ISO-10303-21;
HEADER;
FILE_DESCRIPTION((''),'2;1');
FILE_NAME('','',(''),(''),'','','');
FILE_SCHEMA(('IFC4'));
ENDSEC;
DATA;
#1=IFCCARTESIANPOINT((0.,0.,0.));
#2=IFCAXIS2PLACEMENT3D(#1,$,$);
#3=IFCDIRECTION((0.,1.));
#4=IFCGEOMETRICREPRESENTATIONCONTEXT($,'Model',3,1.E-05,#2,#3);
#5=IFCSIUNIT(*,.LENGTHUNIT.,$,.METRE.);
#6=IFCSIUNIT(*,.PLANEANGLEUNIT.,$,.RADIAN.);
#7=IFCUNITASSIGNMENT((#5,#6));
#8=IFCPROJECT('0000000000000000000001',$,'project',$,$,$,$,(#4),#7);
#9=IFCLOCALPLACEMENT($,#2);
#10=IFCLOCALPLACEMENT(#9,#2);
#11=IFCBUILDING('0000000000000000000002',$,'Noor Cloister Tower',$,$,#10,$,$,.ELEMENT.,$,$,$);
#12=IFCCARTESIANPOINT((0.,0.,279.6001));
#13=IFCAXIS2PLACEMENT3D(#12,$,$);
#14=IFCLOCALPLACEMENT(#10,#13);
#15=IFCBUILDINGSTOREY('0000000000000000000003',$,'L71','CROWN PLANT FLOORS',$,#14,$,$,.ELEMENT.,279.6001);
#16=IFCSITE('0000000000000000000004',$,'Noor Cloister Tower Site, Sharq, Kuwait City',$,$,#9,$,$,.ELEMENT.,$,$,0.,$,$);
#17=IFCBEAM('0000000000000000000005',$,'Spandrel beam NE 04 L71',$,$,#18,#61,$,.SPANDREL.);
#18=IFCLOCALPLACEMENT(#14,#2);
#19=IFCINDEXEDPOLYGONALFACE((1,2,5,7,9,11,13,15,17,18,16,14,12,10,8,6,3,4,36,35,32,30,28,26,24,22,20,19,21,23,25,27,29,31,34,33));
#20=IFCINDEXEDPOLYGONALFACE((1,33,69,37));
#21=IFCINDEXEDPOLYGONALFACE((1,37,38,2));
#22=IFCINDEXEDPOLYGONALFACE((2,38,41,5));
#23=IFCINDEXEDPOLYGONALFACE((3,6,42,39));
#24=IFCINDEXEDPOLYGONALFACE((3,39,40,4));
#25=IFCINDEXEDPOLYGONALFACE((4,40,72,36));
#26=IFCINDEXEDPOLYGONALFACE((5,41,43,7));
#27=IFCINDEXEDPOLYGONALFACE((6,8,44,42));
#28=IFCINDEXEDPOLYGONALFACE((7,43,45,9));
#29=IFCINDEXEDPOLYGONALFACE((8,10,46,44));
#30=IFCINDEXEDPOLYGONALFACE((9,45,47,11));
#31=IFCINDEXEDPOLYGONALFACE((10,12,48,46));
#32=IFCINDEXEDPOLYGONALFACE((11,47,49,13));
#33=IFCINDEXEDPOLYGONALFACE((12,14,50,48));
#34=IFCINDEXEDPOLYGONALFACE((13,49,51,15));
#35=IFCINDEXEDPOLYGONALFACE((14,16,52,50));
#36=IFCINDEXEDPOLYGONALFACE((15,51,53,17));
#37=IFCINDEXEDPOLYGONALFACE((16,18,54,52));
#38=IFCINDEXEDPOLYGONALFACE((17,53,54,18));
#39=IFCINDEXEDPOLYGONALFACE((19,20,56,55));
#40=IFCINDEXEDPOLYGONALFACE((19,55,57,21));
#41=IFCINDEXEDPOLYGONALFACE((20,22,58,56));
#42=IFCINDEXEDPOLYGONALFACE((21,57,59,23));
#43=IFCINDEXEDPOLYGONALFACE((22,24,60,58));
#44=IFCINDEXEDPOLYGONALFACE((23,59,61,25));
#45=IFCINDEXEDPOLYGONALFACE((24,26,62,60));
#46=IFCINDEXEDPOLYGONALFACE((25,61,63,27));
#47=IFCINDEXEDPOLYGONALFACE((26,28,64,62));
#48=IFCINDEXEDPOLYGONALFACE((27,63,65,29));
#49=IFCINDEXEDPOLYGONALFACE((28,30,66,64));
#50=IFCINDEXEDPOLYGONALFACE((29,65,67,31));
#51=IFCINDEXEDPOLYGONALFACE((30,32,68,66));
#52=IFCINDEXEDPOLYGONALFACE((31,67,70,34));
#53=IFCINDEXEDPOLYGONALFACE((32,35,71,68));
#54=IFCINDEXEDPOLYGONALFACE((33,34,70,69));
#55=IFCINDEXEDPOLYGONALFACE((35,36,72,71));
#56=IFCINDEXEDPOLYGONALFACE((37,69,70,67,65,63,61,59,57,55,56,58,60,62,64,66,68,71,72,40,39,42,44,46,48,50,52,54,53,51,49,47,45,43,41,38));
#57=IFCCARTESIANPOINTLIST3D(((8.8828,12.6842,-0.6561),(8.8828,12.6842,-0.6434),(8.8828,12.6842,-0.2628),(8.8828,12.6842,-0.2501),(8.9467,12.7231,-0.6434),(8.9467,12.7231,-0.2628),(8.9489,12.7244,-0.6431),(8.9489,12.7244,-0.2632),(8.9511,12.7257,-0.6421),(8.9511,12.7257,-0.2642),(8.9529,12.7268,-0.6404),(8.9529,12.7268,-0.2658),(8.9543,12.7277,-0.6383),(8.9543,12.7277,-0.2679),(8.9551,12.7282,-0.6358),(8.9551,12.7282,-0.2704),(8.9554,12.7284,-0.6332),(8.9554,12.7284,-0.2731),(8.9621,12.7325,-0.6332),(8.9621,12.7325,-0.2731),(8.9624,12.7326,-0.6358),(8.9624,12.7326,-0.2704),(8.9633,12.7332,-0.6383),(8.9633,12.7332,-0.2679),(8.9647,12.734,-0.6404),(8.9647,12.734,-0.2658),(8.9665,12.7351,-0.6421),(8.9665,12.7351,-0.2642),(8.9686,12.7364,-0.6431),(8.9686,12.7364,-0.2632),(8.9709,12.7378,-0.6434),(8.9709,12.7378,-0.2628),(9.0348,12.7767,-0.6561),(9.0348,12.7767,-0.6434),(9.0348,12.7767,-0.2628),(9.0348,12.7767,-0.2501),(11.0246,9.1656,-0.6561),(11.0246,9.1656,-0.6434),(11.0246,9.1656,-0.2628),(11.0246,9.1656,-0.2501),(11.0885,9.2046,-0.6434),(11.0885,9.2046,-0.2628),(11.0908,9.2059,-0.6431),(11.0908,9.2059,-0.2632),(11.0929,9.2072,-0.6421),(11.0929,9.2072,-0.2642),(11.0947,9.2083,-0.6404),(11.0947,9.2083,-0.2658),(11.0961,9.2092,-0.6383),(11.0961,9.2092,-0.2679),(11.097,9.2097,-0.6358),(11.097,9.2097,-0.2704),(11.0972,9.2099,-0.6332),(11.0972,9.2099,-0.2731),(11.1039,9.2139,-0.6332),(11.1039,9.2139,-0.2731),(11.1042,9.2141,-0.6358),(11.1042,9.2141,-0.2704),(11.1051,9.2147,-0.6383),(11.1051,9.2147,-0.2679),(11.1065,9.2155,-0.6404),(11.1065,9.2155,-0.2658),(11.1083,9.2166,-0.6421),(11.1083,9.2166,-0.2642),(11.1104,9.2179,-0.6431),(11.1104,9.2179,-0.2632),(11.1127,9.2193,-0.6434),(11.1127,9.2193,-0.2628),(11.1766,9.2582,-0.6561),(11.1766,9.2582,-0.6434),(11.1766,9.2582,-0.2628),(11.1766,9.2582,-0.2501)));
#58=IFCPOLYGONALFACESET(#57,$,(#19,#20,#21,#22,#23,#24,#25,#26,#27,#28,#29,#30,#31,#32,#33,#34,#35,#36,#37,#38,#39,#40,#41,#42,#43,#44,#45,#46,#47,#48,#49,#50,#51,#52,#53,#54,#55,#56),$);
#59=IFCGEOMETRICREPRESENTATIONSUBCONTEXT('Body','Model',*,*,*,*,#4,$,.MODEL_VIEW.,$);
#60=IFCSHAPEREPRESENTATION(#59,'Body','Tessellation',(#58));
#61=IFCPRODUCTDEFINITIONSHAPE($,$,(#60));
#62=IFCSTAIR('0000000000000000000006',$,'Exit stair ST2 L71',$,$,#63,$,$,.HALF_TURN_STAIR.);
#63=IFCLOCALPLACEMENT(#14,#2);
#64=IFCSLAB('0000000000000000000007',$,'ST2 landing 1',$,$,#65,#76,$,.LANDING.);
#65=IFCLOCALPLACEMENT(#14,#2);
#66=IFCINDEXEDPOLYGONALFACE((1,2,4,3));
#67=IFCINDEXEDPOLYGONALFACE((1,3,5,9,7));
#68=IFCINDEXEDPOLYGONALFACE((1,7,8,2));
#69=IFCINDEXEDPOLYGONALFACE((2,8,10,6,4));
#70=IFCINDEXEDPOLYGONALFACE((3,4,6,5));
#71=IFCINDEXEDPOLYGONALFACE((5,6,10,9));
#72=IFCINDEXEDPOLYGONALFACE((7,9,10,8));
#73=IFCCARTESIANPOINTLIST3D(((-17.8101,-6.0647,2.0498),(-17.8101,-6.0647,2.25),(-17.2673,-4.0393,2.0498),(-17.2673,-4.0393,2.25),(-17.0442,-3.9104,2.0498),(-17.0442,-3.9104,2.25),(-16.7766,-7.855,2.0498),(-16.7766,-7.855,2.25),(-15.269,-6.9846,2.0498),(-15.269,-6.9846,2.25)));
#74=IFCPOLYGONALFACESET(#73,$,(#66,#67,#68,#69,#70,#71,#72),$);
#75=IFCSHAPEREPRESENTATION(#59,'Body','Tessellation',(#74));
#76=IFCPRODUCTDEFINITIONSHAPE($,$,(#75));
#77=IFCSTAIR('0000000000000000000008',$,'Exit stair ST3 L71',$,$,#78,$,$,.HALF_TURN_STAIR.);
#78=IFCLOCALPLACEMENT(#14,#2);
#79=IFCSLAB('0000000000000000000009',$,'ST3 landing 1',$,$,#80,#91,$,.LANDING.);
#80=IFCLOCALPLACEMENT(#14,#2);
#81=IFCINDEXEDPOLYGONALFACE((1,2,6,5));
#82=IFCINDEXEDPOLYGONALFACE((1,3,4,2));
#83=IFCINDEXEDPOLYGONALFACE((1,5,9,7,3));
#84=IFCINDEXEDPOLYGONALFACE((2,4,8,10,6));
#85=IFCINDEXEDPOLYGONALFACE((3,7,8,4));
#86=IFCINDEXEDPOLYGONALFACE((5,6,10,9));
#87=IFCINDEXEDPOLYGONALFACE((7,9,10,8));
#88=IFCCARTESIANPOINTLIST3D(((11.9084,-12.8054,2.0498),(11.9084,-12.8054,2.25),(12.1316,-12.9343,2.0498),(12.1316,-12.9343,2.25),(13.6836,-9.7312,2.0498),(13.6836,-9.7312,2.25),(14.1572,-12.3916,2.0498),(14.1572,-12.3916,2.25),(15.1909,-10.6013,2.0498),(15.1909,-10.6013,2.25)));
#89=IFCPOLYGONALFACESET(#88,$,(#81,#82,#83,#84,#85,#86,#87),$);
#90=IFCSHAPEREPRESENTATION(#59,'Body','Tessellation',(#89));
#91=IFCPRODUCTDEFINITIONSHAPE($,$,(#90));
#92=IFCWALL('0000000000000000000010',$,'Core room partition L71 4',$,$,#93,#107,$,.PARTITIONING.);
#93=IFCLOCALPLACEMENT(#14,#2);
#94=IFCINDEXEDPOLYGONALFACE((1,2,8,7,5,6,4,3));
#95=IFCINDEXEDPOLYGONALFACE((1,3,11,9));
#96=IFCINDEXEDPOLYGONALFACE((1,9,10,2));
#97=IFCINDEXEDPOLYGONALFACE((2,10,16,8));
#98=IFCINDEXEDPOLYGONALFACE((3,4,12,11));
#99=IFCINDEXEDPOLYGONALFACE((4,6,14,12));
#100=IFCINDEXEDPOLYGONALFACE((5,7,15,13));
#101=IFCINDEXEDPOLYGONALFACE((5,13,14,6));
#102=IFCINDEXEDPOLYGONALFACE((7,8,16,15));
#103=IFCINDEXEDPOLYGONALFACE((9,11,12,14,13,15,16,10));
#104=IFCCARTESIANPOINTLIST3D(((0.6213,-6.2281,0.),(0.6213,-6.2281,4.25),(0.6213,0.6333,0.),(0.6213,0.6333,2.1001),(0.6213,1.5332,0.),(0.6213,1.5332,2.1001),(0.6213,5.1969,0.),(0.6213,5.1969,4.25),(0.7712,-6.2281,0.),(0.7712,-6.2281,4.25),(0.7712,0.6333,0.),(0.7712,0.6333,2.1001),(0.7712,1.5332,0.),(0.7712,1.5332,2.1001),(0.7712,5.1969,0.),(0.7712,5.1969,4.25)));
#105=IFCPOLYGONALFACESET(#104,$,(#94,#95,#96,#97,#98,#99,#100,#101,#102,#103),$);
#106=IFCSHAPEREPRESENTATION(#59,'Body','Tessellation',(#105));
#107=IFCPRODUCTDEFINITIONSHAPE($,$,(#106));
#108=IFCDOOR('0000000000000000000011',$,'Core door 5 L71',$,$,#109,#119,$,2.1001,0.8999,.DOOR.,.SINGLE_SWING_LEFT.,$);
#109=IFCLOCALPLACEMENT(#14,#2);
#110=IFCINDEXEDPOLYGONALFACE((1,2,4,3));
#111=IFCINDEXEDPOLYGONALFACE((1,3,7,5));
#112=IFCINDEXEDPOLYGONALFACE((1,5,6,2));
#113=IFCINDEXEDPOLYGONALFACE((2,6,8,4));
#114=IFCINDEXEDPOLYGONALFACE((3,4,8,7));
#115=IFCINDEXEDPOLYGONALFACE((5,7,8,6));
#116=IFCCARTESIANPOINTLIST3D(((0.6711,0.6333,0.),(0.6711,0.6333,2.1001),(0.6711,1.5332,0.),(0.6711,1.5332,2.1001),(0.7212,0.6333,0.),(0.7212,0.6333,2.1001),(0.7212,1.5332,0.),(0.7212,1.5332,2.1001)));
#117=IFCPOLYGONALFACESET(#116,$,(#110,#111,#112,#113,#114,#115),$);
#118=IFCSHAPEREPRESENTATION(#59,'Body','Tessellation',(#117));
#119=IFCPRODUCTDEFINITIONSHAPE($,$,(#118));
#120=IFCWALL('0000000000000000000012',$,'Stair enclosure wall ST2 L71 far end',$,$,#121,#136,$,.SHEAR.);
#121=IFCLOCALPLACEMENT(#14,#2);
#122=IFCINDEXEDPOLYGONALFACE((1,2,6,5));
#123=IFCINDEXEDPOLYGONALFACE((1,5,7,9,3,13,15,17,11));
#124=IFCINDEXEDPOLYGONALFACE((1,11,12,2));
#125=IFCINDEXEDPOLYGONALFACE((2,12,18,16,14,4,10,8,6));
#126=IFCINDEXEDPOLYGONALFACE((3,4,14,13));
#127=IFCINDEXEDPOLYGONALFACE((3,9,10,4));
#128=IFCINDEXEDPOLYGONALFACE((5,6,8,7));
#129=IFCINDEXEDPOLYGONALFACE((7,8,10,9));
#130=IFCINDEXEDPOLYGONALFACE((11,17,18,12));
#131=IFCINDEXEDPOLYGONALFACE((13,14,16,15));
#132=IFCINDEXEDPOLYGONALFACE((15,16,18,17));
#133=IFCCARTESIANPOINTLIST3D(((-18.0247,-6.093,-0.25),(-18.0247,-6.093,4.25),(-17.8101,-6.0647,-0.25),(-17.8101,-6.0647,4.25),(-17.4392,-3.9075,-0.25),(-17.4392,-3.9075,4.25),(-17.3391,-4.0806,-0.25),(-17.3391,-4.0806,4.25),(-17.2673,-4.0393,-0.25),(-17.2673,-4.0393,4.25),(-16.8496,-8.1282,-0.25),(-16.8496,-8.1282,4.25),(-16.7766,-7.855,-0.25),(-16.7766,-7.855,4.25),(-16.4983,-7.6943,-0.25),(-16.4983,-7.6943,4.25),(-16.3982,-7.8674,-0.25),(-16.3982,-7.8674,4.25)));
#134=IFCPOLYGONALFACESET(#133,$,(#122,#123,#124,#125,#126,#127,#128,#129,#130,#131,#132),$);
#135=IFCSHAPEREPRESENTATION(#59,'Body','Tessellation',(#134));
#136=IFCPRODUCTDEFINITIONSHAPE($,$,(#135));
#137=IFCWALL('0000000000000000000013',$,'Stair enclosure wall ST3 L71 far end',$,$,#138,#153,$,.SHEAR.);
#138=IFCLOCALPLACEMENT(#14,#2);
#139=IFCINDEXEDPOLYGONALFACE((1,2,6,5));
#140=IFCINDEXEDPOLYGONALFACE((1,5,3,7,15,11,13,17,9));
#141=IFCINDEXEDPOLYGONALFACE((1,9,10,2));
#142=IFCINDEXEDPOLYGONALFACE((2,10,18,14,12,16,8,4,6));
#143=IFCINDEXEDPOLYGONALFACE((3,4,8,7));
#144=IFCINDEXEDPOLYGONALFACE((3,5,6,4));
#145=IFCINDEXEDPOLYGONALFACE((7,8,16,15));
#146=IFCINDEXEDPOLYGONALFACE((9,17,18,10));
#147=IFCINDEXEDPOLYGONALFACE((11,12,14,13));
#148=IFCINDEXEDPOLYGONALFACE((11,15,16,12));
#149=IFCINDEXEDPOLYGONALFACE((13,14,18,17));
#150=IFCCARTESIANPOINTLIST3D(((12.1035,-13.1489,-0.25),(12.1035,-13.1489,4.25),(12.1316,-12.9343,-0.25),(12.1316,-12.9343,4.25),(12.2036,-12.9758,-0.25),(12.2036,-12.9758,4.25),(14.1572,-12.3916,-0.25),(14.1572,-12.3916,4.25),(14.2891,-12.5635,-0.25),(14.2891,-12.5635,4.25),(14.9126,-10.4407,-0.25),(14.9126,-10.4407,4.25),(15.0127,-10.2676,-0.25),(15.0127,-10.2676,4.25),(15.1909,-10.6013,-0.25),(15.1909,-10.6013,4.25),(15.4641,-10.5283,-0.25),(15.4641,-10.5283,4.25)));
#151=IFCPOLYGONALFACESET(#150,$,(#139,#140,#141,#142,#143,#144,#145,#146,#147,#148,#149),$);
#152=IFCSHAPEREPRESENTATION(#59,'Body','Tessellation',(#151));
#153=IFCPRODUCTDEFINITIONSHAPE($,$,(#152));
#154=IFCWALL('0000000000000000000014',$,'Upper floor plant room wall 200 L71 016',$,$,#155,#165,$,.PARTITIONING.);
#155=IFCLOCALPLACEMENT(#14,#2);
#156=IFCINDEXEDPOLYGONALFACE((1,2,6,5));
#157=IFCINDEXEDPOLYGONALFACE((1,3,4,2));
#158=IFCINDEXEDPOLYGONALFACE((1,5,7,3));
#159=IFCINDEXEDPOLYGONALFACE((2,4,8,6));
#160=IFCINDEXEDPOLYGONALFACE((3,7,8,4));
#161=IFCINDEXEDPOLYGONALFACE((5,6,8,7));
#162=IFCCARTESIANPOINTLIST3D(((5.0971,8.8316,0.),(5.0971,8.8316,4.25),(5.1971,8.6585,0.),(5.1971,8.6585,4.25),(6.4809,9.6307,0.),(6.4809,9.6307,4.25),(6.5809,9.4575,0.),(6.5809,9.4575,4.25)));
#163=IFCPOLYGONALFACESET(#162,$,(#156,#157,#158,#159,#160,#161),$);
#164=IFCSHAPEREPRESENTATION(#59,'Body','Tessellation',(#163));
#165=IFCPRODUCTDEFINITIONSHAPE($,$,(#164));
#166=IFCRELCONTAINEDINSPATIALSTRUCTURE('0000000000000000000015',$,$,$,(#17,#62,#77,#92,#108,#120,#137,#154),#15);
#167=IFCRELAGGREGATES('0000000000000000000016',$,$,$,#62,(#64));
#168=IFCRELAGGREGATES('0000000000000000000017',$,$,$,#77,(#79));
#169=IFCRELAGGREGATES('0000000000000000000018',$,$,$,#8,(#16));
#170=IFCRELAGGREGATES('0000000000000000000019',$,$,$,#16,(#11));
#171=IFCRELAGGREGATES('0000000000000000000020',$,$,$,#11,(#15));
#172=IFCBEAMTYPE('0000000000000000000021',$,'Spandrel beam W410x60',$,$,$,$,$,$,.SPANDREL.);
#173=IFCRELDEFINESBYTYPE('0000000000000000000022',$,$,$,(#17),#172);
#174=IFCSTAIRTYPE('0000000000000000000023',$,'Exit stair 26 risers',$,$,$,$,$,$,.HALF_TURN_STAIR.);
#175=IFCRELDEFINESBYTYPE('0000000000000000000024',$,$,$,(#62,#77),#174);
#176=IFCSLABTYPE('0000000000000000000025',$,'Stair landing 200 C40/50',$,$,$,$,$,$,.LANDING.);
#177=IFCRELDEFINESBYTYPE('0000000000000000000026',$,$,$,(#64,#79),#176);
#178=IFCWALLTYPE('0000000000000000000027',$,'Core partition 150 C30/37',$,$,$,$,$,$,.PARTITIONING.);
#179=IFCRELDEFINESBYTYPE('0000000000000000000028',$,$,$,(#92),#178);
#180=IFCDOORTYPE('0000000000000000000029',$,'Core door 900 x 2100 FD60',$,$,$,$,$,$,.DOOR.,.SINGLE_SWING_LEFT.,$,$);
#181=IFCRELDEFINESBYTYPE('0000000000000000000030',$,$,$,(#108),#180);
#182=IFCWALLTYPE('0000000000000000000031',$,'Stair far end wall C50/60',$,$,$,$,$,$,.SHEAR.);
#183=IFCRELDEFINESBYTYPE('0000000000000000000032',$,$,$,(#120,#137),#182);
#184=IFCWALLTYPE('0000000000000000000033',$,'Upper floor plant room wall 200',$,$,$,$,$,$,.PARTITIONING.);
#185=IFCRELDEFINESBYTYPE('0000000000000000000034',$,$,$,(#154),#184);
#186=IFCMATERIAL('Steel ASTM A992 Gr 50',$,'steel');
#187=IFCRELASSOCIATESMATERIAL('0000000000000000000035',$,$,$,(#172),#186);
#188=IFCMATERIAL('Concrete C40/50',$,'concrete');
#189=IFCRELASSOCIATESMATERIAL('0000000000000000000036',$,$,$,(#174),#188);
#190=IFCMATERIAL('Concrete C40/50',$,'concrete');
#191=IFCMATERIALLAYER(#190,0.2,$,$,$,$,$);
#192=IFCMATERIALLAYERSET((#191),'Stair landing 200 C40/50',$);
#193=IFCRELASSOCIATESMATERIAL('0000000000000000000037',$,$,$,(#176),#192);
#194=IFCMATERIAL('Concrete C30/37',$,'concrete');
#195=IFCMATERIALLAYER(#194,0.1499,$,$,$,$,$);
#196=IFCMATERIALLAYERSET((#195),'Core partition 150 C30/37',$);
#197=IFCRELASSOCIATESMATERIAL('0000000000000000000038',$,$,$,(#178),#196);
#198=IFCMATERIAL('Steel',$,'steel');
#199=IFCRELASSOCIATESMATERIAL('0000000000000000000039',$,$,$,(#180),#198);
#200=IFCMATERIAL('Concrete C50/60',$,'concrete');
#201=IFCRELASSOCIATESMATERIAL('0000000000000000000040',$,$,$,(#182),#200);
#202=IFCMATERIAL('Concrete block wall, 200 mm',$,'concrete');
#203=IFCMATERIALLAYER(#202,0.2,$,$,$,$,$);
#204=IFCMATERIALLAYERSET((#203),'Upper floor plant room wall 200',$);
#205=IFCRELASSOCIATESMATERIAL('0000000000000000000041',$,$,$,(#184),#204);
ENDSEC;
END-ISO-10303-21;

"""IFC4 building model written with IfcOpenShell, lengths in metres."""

from ifc_helpers import new_model, si_unit, direction, frame, frame_2d, origin, origin_2d, place, context, subcontext, project, spatial, polyline, rectangle, i_section, outline, extrude, material, layer, layer_set, material_profile, profile_set, type_object, element, fill, aggregate, save


model = new_model("IFC4")

# Units and contexts
model_context = context("Model", 3, precision=1e-05, world=origin(), true_north=direction((0.0, 1.0)))
body_context = subcontext(model_context, "Body", "Model", "MODEL_VIEW")
ifc_project = project(units=[si_unit("LENGTHUNIT", "METRE"), si_unit("PLANEANGLEUNIT", "RADIAN")], contexts=[model_context])

# Site, building, storey
site_placement = place(None, origin())
site = spatial("IfcSite", under=ifc_project, at=site_placement, Name="Noor Cloister Tower Site, Sharq, Kuwait City", CompositionType="ELEMENT", RefElevation=0.0)
building_placement = place(site_placement, origin())
building = spatial("IfcBuilding", under=site, at=building_placement, Name="Noor Cloister Tower", CompositionType="ELEMENT")
storey_placement = place(building_placement, frame((0.0, 0.0, 279.6001)))
storey = spatial("IfcBuildingStorey", under=building, at=storey_placement, Name="L71", Description="CROWN PLANT FLOORS", CompositionType="ELEMENT", Elevation=279.6001)

# Beam
ifc_material_1 = material(Name="Steel ASTM A992 Gr 50", Category="steel")
ifc_material_profile_1 = material_profile(ifc_material_1, i_section(OverallWidth=0.178, OverallDepth=0.406, WebThickness=0.0078, FlangeThickness=0.0127, FilletRadius=0.0103, at=origin_2d()), Name="W410x60")
ifc_profile_set_1 = profile_set([ifc_material_profile_1], Name="Steel ASTM A992 Gr 50")
beam_type_1 = type_object("IfcBeamType", Name="Spandrel beam W410x60", PredefinedType="SPANDREL", material=ifc_profile_set_1)
for number, where, z_axis, x_axis, name in (
    (1, (11.1006, 9.2119, -0.4531), (-0.519968, 0.854186, 0.0), (-0.854186, -0.519968, 0.0), "Spandrel beam NE 04 L71"),
):
    element("IfcBeam", number, at=place(storey_placement, frame(where, z_axis=z_axis, x_axis=x_axis)), inside=storey, type_object=beam_type_1, Name=name, PredefinedType="SPANDREL", context=body_context, shape_type="SweptSolid", body=[
        extrude(i_section(OverallWidth=0.178, OverallDepth=0.406, WebThickness=0.0078, FlangeThickness=0.0127, FilletRadius=0.0103, at=origin_2d()), origin(), (0.0, 0.0, 1.0), 4.1191),
    ])

# Stairs, slabs
ifc_material_2 = material(Name="Concrete C40/50", Category="concrete")
stair_type = type_object("IfcStairType", Name="Exit stair 26 risers", PredefinedType="HALF_TURN_STAIR", material=ifc_material_2)
stair_1_placement = place(storey_placement, origin())
stair_1 = element("IfcStair", 2, at=stair_1_placement, inside=storey, type_object=stair_type, Name="Exit stair ST2 L71", PredefinedType="HALF_TURN_STAIR")
ifc_material_3 = material(Name="Concrete C40/50", Category="concrete")
ifc_layer_1 = layer(ifc_material_3, 0.2)
ifc_layer_set_1 = layer_set([ifc_layer_1], Name="Stair landing 200 C40/50")
slab_type = type_object("IfcSlabType", Name="Stair landing 200 C40/50", PredefinedType="LANDING", material=ifc_layer_set_1)
slab_1_placement = place(storey_placement, frame((0.0, 0.0, 2.0498)))
slab_1 = element("IfcSlab", 3, at=slab_1_placement, type_object=slab_type, Name="ST2 landing 1", PredefinedType="LANDING", context=body_context, shape_type="SweptSolid", body=[
    extrude(outline(polyline([(-17.0442, -3.9104), (-17.2673, -4.0393), (-17.8101, -6.0647), (-16.7766, -7.855), (-15.269, -6.9846), (-17.0442, -3.9104)])), origin(), (0.0, 0.0, 1.0), 0.2002),
])
aggregate(stair_1, [slab_1])
stair_2_placement = place(storey_placement, origin())
stair_2 = element("IfcStair", 4, at=stair_2_placement, inside=storey, type_object=stair_type, Name="Exit stair ST3 L71", PredefinedType="HALF_TURN_STAIR")
slab_2_placement = place(storey_placement, frame((0.0, 0.0, 2.0498)))
slab_2 = element("IfcSlab", 5, at=slab_2_placement, type_object=slab_type, Name="ST3 landing 1", PredefinedType="LANDING", context=body_context, shape_type="SweptSolid", body=[
    extrude(outline(polyline([(11.9084, -12.8054), (12.1316, -12.9343), (14.1572, -12.3916), (15.1909, -10.6013), (13.6836, -9.7312), (11.9084, -12.8054)])), origin(), (0.0, 0.0, 1.0), 0.2002),
])
aggregate(stair_2, [slab_2])

# Wall, opening, door
ifc_material_4 = material(Name="Concrete C30/37", Category="concrete")
ifc_layer_2 = layer(ifc_material_4, 0.1499)
ifc_layer_set_2 = layer_set([ifc_layer_2], Name="Core partition 150 C30/37")
wall_type_1 = type_object("IfcWallType", Name="Core partition 150 C30/37", PredefinedType="PARTITIONING", material=ifc_layer_set_2)
wall_1_placement = place(storey_placement, frame((0.6963, 5.1968, 0.0), z_axis=(0.0, 0.0, 1.0), x_axis=(0.0, -1.0, 0.0)))
wall_1 = element("IfcWall", 6, at=wall_1_placement, inside=storey, type_object=wall_type_1, Name="Core room partition L71 4", PredefinedType="PARTITIONING", context=body_context, shape_type="SweptSolid", body=[
    extrude(rectangle(XDim=11.425, YDim=0.1499, at=frame_2d((5.7124, 0.0))), origin(), (0.0, 0.0, 1.0), 4.25),
])
opening_1_placement = place(wall_1_placement, frame((3.6636, 0.0, 0.0)))
opening_1 = element("IfcOpeningElement", 7, at=opening_1_placement, cuts=wall_1, PredefinedType="OPENING", context=body_context, shape_type="SweptSolid", body=[
    extrude(rectangle(XDim=0.8999, YDim=2.1001, at=frame_2d((0.45, 1.05))), frame((0.0, 0.085, 0.0), z_axis=(0.0, -1.0, 0.0), x_axis=(1.0, 0.0, 0.0)), (0.0, 0.0, 1.0), 0.1699),
])
ifc_material_5 = material(Name="Steel", Category="steel")
door_type_1 = type_object("IfcDoorType", Name="Core door 900 x 2100 FD60", OperationType="SINGLE_SWING_LEFT", PredefinedType="DOOR", material=ifc_material_5)
door_1_placement = place(opening_1_placement, origin())
door_1 = element("IfcDoor", 8, at=door_1_placement, inside=storey, type_object=door_type_1, Name="Core door 5 L71", OperationType="SINGLE_SWING_LEFT", OverallHeight=2.1001, OverallWidth=0.8999, PredefinedType="DOOR", context=body_context, shape_type="SweptSolid", body=[
    extrude(rectangle(XDim=0.8999, YDim=2.1001, at=frame_2d((0.45, 1.05))), frame((0.0, 0.0249, 0.0), z_axis=(0.0, -1.0, 0.0), x_axis=(1.0, 0.0, 0.0)), (0.0, 0.0, 1.0), 0.05),
])
fill(opening_1, door_1)

# Walls
ifc_material_6 = material(Name="Concrete C50/60", Category="concrete")
wall_type_2 = type_object("IfcWallType", Name="Stair far end wall C50/60", PredefinedType="SHEAR", material=ifc_material_6)
wall_2_placement = place(storey_placement, frame((0.0, 0.0, -0.25)))
element("IfcWall", 9, at=wall_2_placement, inside=storey, type_object=wall_type_2, Name="Stair enclosure wall ST2 L71 far end", PredefinedType="SHEAR", context=body_context, shape_type="SweptSolid", body=[
    extrude(outline(polyline([(-17.4392, -3.9075), (-18.0247, -6.093), (-16.8496, -8.1282), (-16.3982, -7.8674), (-16.4983, -7.6943), (-16.4983, -7.6943), (-16.7766, -7.855), (-17.8101, -6.0647), (-17.2673, -4.0393), (-17.3391, -4.0806), (-17.3391, -4.0806), (-17.3391, -4.0806), (-17.3391, -4.0806), (-17.3391, -4.0806), (-17.3391, -4.0806), (-17.3391, -4.0806), (-17.3391, -4.0806), (-17.3391, -4.0806), (-17.3391, -4.0806), (-17.3391, -4.0806), (-17.3391, -4.0806), (-17.3391, -4.0806), (-17.3391, -4.0806), (-17.3391, -4.0806), (-17.3391, -4.0806), (-17.3391, -4.0806), (-17.4392, -3.9075)])), origin(), (0.0, 0.0, 1.0), 4.5),
])
wall_3_placement = place(storey_placement, frame((0.0, 0.0, -0.25)))
element("IfcWall", 10, at=wall_3_placement, inside=storey, type_object=wall_type_2, Name="Stair enclosure wall ST3 L71 far end", PredefinedType="SHEAR", context=body_context, shape_type="SweptSolid", body=[
    extrude(outline(polyline([(12.1035, -13.1489), (14.2891, -12.5635), (15.4641, -10.5283), (15.0127, -10.2676), (14.9126, -10.4407), (15.1909, -10.6013), (14.1572, -12.3916), (12.1316, -12.9343), (12.2036, -12.9758), (12.2036, -12.9758), (12.2036, -12.9758), (12.2036, -12.9758), (12.2036, -12.9758), (12.2036, -12.9758), (12.2036, -12.9758), (12.2036, -12.9758), (12.2036, -12.9758), (12.2036, -12.9758), (12.2036, -12.9758), (12.2036, -12.9758), (12.2036, -12.9758), (12.2036, -12.9758), (12.2036, -12.9758), (12.2036, -12.9758), (12.2036, -12.9758), (12.1035, -13.1489)])), origin(), (0.0, 0.0, 1.0), 4.5),
])
ifc_material_7 = material(Name="Concrete block wall, 200 mm", Category="concrete")
ifc_layer_3 = layer(ifc_material_7, 0.2)
ifc_layer_set_3 = layer_set([ifc_layer_3], Name="Upper floor plant room wall 200")
wall_type_3 = type_object("IfcWallType", Name="Upper floor plant room wall 200", PredefinedType="PARTITIONING", material=ifc_layer_set_3)
wall_4_placement = place(storey_placement, frame((5.1472, 8.7451, 0.0), z_axis=(0.0, 0.0, 1.0), x_axis=(0.865987, 0.500066, 0.0)))
element("IfcWall", 11, at=wall_4_placement, inside=storey, type_object=wall_type_3, Name="Upper floor plant room wall 200 L71 016", PredefinedType="PARTITIONING", context=body_context, shape_type="SweptSolid", body=[
    extrude(rectangle(XDim=1.5979, YDim=0.2, at=frame_2d((0.7988, 0.0))), origin(), (0.0, 0.0, 1.0), 4.25),
])

save(model, "model.ifc")
